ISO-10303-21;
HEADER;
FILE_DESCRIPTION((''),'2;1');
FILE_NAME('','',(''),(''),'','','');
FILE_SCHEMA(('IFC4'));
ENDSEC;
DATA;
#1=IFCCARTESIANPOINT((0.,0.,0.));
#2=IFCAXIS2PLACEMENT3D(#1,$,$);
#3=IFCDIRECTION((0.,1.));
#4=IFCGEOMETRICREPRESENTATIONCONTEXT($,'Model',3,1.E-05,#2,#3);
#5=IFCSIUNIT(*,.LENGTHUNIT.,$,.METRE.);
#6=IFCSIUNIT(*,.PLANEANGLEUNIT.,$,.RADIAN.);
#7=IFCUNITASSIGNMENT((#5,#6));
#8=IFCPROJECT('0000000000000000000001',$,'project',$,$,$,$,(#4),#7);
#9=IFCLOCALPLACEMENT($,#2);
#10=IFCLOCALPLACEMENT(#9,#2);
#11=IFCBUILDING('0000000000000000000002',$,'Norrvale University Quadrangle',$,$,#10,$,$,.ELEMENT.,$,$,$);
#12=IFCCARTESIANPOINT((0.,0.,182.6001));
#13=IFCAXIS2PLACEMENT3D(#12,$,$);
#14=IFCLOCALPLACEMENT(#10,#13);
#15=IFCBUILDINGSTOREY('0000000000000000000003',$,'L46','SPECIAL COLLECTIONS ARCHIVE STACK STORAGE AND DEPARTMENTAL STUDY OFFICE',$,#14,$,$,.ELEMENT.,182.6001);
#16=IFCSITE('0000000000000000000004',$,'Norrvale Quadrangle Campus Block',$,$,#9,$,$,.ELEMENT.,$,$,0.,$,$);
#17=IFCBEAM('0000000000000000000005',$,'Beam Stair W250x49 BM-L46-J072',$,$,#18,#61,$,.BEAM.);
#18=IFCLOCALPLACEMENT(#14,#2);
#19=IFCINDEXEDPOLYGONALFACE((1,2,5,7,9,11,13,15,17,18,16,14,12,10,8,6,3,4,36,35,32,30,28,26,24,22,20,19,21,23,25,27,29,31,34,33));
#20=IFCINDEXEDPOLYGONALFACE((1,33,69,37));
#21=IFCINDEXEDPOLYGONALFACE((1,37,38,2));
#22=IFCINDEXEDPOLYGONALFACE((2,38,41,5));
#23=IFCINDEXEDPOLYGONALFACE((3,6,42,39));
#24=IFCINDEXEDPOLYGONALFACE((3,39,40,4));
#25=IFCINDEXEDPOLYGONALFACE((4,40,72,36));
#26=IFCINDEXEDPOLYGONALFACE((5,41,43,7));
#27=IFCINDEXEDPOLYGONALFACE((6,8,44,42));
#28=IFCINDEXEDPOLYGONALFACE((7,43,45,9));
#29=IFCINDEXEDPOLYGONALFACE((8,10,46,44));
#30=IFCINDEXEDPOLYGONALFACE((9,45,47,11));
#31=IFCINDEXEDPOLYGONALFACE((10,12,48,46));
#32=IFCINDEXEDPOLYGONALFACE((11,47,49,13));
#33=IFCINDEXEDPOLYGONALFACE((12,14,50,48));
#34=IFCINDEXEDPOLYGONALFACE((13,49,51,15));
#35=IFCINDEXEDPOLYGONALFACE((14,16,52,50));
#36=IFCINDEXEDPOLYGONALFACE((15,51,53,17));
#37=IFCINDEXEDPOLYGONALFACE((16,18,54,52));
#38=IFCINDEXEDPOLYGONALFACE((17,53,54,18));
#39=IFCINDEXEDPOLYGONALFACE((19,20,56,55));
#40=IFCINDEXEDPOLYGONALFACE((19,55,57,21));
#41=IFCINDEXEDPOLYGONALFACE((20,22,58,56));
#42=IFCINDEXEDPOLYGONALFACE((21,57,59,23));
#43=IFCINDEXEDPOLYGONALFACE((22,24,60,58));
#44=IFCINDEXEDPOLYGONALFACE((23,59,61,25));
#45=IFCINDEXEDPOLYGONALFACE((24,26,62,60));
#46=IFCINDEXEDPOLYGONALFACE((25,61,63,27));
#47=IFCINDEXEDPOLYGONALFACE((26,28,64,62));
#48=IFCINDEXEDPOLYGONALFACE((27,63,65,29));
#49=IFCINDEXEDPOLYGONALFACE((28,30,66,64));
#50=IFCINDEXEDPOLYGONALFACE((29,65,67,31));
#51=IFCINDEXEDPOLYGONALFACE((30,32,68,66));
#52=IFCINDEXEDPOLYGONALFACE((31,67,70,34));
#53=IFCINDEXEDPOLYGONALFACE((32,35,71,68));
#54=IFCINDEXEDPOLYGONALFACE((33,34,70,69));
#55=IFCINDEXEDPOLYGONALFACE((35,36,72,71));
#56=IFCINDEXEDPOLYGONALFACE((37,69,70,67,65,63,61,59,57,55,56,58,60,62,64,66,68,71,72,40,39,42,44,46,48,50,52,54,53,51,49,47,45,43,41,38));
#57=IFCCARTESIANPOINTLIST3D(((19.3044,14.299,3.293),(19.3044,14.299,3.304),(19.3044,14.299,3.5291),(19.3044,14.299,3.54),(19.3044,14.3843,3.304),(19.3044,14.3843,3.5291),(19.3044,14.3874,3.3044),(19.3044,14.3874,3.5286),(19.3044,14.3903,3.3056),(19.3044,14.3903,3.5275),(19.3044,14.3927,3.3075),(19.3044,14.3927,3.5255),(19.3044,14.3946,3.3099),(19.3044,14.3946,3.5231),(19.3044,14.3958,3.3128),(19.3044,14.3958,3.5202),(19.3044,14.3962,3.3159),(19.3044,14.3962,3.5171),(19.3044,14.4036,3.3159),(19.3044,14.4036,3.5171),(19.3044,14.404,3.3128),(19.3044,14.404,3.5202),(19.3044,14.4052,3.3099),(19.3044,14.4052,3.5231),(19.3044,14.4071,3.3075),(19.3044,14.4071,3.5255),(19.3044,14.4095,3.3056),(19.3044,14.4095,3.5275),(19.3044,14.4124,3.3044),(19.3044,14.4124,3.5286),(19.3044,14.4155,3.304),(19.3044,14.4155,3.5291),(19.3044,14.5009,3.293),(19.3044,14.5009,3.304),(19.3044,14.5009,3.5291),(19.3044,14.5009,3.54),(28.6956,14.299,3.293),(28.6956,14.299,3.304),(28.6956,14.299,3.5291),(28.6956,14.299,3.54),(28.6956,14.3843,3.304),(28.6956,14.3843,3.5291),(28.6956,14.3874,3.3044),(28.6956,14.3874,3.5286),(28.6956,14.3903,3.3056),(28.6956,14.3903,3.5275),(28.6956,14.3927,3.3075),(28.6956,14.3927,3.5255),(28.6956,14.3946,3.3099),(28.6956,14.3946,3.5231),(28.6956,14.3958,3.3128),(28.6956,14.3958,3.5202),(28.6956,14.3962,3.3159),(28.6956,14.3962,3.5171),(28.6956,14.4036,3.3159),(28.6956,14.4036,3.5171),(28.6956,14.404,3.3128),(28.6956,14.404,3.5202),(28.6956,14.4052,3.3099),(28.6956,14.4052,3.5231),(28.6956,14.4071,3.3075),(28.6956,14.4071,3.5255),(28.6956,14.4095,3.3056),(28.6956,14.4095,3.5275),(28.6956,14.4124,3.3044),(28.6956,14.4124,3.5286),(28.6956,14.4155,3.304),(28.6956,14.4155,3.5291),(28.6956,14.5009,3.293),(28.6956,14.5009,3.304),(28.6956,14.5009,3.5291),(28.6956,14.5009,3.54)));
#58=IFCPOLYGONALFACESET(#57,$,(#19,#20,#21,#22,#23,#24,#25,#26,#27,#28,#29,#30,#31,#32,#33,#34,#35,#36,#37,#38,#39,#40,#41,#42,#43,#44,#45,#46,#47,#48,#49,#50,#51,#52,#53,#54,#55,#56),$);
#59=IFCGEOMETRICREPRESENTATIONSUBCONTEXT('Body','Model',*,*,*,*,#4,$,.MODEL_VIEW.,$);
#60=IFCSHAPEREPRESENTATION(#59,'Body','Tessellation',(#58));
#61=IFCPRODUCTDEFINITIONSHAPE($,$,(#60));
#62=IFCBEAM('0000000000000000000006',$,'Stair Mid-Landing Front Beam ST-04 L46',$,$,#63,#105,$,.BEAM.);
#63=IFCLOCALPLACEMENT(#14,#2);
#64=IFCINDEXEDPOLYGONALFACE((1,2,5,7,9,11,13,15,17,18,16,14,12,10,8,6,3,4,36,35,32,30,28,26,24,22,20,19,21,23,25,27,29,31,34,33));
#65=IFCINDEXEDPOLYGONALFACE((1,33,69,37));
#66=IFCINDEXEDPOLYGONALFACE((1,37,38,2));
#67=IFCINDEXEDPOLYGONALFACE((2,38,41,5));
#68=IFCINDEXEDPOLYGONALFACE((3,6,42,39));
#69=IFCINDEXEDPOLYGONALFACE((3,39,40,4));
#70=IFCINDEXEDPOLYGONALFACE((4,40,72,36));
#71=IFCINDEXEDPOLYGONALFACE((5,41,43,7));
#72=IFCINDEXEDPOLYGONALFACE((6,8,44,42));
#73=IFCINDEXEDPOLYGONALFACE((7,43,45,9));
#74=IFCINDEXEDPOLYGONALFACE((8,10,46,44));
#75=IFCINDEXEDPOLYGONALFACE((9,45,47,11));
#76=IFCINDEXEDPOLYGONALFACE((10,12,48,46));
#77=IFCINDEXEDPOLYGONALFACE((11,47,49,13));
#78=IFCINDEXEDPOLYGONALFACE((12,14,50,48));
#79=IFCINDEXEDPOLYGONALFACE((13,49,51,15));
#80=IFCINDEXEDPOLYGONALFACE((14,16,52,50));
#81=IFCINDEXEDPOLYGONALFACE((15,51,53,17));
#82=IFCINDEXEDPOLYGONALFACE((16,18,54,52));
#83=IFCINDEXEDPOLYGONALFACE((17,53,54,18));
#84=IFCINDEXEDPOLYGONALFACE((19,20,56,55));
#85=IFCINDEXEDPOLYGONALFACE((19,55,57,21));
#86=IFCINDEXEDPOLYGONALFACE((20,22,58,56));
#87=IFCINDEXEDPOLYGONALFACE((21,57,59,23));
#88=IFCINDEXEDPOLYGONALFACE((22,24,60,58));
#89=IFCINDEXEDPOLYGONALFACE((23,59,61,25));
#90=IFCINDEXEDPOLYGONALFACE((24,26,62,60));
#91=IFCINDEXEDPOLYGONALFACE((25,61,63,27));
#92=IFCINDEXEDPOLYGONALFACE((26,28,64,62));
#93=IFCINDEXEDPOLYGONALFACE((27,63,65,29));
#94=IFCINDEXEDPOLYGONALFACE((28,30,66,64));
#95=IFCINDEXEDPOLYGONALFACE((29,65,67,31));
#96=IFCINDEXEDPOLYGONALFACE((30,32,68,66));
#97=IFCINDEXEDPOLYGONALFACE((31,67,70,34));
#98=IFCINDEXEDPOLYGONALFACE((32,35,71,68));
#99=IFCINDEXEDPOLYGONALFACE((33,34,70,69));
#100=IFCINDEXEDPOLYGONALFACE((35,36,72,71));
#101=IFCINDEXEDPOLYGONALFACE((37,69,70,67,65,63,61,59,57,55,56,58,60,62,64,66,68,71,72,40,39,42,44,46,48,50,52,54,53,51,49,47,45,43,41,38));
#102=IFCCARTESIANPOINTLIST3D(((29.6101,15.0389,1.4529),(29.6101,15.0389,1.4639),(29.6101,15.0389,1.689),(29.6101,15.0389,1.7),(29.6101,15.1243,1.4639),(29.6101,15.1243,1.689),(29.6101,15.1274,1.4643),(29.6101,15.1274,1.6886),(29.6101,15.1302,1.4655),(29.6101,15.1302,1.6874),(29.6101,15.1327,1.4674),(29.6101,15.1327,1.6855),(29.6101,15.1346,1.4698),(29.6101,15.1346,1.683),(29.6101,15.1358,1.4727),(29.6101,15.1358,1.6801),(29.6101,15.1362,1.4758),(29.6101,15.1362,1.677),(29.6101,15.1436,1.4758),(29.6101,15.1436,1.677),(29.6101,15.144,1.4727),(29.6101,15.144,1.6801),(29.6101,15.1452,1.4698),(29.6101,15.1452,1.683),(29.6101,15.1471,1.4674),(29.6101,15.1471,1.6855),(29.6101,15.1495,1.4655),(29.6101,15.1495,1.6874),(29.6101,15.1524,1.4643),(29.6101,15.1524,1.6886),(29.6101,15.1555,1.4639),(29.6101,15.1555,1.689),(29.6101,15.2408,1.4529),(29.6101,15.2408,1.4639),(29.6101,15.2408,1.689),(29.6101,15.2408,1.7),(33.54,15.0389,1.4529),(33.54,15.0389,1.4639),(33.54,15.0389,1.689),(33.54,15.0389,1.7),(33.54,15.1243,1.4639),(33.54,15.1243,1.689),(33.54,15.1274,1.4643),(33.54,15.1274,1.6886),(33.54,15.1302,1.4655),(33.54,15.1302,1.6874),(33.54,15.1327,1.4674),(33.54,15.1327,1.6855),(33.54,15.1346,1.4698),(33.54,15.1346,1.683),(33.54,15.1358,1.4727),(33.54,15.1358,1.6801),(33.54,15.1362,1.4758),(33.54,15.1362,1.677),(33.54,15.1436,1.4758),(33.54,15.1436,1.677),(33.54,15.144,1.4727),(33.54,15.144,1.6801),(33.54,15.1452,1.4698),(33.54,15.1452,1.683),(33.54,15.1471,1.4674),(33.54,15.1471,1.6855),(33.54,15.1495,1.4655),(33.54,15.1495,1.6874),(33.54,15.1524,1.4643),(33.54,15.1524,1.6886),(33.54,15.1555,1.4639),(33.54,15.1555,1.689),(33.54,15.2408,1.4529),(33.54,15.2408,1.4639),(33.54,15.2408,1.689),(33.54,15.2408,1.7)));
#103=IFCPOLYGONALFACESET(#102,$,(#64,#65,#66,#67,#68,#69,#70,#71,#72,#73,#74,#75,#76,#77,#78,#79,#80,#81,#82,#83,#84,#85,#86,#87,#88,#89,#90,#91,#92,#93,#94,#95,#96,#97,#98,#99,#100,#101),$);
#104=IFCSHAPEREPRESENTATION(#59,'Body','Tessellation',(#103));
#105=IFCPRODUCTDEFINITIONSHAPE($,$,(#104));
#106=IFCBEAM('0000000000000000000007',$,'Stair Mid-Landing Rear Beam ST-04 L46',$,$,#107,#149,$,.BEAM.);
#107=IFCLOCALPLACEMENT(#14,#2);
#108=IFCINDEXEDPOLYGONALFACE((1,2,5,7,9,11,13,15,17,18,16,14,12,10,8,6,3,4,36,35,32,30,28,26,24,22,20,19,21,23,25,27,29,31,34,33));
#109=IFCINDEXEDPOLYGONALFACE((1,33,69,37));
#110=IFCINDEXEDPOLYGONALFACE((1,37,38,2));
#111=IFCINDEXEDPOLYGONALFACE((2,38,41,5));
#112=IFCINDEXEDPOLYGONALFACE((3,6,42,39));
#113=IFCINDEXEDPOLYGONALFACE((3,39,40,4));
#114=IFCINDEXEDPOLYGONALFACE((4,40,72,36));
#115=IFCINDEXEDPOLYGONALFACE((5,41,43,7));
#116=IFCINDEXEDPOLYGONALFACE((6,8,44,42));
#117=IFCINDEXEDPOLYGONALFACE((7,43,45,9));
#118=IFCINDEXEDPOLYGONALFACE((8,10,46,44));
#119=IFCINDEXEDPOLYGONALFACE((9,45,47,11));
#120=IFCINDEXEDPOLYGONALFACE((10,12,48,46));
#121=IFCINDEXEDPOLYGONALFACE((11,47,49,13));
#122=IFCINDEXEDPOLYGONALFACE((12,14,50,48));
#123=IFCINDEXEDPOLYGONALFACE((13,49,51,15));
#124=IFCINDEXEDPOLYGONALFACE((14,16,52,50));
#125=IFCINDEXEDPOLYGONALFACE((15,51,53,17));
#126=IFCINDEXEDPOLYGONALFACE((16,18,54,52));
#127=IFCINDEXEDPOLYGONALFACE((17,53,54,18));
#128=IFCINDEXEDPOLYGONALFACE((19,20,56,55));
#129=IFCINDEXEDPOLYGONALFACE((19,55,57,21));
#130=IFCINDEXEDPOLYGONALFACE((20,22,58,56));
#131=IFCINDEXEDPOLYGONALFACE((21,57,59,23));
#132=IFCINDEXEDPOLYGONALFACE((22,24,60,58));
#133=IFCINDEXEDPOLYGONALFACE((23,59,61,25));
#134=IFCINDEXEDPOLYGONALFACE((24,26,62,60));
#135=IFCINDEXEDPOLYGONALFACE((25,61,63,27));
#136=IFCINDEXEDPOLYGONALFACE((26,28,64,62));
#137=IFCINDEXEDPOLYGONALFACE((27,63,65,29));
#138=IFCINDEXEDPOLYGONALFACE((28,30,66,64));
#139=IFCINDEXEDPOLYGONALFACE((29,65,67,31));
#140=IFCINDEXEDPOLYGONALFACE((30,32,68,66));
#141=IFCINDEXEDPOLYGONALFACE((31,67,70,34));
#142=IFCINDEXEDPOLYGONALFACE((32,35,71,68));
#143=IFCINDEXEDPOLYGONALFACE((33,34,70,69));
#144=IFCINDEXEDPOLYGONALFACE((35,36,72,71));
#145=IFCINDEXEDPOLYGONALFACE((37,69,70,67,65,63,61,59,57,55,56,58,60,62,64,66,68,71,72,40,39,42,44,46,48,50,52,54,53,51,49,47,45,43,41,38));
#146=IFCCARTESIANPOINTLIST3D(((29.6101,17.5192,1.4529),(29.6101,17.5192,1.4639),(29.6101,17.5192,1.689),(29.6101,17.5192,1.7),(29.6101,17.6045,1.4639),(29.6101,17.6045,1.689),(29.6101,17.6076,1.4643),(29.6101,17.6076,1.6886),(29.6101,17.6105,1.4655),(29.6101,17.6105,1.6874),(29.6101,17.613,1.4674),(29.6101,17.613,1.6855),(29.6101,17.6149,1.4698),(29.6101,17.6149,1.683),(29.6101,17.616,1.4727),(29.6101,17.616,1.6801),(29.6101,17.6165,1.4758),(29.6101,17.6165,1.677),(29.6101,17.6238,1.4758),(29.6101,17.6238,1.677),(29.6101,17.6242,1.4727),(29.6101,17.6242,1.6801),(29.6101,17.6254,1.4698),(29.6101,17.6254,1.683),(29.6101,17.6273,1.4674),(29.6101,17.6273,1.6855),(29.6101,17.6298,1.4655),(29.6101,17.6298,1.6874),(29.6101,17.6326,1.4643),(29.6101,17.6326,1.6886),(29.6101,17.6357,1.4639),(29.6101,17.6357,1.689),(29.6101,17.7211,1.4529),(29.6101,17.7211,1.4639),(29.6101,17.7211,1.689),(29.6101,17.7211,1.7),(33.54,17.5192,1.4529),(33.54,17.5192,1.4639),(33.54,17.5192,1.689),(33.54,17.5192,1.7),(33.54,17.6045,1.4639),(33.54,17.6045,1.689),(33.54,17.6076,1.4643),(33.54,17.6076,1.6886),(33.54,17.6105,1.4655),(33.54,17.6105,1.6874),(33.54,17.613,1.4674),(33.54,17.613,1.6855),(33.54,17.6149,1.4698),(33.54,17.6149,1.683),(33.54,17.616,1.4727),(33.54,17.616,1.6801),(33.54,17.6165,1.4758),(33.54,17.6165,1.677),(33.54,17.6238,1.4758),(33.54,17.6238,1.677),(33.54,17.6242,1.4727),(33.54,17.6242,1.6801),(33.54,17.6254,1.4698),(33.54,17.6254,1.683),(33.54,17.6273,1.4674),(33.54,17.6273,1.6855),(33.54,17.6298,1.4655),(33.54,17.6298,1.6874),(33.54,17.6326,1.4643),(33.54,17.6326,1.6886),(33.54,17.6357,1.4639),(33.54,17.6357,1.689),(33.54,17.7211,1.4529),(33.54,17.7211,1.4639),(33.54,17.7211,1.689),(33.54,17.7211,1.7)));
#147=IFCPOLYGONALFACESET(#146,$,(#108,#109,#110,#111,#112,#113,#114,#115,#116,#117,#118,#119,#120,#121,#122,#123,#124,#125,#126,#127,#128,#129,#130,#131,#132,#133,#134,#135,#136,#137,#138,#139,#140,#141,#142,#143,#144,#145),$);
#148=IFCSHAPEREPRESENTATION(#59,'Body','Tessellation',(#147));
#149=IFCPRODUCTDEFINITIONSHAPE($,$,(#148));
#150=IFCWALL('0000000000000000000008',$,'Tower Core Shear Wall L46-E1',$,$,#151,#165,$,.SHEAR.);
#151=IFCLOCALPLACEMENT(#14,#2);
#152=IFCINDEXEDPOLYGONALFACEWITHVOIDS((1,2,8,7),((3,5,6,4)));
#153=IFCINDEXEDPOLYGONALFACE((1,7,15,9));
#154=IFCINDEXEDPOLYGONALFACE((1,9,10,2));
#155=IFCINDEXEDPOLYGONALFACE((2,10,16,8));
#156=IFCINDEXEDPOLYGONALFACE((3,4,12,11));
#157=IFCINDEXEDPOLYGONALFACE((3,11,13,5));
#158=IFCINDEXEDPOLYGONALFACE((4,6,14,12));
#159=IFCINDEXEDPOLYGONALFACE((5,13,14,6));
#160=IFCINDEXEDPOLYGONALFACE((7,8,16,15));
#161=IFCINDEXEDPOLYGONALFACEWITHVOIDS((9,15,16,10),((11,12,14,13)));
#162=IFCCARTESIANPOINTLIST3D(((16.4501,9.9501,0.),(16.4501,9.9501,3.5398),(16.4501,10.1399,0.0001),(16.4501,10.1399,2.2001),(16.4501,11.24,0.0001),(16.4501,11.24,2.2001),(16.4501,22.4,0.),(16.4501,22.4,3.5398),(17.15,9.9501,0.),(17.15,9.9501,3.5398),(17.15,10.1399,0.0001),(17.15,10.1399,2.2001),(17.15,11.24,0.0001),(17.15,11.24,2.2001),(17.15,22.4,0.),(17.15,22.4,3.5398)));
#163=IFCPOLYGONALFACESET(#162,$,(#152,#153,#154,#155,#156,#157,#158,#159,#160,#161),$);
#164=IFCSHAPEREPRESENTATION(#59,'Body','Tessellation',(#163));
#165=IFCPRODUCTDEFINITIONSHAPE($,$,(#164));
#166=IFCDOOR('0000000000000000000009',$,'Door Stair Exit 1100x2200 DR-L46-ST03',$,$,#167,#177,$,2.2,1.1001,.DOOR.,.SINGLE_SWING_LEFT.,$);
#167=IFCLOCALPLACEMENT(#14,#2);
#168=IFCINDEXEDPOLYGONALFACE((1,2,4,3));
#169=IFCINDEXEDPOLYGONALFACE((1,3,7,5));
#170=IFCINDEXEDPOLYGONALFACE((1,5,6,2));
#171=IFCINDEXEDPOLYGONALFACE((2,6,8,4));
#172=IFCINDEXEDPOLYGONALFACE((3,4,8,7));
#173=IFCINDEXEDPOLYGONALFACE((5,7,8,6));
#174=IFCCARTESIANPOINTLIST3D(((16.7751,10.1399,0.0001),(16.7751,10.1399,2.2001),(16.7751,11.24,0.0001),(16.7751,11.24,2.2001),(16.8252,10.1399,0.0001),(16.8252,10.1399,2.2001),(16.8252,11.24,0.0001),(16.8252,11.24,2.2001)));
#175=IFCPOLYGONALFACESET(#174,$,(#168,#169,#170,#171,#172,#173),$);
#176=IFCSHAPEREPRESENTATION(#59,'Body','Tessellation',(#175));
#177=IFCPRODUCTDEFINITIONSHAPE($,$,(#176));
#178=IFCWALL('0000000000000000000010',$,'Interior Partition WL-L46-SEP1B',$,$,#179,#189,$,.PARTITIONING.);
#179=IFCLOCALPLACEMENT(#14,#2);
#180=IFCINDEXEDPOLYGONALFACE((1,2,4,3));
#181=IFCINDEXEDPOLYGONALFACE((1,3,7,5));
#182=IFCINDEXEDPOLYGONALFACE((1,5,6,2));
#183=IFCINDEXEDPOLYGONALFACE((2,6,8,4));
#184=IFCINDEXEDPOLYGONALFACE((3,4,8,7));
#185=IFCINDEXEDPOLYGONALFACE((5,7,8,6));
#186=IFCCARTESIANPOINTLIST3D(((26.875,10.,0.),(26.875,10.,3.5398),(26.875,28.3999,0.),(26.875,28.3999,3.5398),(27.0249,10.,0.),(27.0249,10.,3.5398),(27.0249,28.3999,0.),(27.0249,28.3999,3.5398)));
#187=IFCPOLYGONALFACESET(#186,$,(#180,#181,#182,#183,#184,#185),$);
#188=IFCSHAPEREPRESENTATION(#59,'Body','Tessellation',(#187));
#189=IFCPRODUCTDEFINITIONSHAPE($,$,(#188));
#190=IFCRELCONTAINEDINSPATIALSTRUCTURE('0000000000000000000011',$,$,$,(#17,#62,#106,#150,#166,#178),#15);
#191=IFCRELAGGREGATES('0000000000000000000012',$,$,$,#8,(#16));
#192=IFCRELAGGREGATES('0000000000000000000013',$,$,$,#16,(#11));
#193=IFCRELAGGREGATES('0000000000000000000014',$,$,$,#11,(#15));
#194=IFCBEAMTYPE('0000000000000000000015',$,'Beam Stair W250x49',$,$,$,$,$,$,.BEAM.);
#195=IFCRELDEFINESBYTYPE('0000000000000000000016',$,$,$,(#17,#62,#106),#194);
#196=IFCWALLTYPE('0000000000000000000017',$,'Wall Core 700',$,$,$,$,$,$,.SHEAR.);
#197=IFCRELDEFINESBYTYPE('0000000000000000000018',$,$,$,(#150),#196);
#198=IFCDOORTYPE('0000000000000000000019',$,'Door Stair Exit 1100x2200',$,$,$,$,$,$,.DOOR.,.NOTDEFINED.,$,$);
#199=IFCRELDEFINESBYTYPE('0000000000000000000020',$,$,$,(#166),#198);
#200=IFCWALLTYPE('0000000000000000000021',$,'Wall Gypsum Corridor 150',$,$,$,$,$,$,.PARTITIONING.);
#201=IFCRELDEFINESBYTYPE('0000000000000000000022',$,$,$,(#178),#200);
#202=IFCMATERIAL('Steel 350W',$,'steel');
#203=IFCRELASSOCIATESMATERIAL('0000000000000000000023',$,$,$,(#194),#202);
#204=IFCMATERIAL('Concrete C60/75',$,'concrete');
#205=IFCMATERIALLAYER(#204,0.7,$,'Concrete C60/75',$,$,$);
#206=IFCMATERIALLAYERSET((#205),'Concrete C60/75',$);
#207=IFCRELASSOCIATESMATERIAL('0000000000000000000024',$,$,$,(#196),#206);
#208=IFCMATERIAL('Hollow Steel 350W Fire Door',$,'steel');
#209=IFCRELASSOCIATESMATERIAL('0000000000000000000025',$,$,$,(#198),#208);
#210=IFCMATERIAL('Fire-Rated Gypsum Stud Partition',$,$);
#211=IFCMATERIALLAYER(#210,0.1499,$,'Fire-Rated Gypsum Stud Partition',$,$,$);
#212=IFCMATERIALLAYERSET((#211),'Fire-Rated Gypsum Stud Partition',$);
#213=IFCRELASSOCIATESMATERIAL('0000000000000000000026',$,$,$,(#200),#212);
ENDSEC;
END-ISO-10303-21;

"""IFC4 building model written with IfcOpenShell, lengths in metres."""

from ifc_helpers import new_model, si_unit, direction, frame, frame_2d, origin, origin_2d, place, context, subcontext, project, spatial, rectangle, i_section, extrude, material, layer, layer_set, material_profile, profile_set, type_object, element, fill, save


model = new_model("IFC4")

# Units and contexts
model_context = context("Model", 3, precision=1e-05, world=origin(), true_north=direction((0.0, 1.0)))
body_context = subcontext(model_context, "Body", "Model", "MODEL_VIEW")
ifc_project = project(units=[si_unit("LENGTHUNIT", "METRE"), si_unit("PLANEANGLEUNIT", "RADIAN")], contexts=[model_context])

# Site, building, storey
site_placement = place(None, origin())
site = spatial("IfcSite", under=ifc_project, at=site_placement, Name="Norrvale Quadrangle Campus Block", CompositionType="ELEMENT", RefElevation=0.0)
building_placement = place(site_placement, origin())
building = spatial("IfcBuilding", under=site, at=building_placement, Name="Norrvale University Quadrangle", CompositionType="ELEMENT")
storey_placement = place(building_placement, frame((0.0, 0.0, 182.6001)))
storey = spatial("IfcBuildingStorey", under=building, at=storey_placement, Name="L46", Description="SPECIAL COLLECTIONS ARCHIVE STACK STORAGE AND DEPARTMENTAL STUDY OFFICE", CompositionType="ELEMENT", Elevation=182.6001)

# Shared definitions
ifc_material_1 = material(Name="Concrete C60/75", Category="concrete")

# Beams
ifc_material_2 = material(Name="Steel 350W", Category="steel")
ifc_material_profile_1 = material_profile(ifc_material_2, i_section(OverallWidth=0.2019, OverallDepth=0.2471, WebThickness=0.0073, FlangeThickness=0.011, FilletRadius=0.012, at=origin_2d()), Name="Steel 350W")
ifc_profile_set_1 = profile_set([ifc_material_profile_1], Name="Steel 350W")
beam_type_1 = type_object("IfcBeamType", Name="Beam Stair W250x49", PredefinedType="BEAM", material=ifc_profile_set_1)
beam_1_placement = place(storey_placement, frame((19.3044, 14.3999, 3.4165), z_axis=(1.0, 0.0, 0.0), x_axis=(0.0, 1.0, 0.0)))
element("IfcBeam", 1, at=beam_1_placement, inside=storey, type_object=beam_type_1, Name="Beam Stair W250x49 BM-L46-J072", PredefinedType="BEAM", context=body_context, shape_type="SweptSolid", body=[
    extrude(i_section(OverallWidth=0.2019, OverallDepth=0.2471, WebThickness=0.0073, FlangeThickness=0.011, FilletRadius=0.012, at=origin_2d()), origin(), (0.0, 0.0, 1.0), 9.3911),
])
for number, where, z_axis, x_axis, name in (
    (2, (29.6101, 15.1399, 1.5764), (1.0, 0.0, 0.0), (0.0, 1.0, 0.0), "Stair Mid-Landing Front Beam ST-04 L46"),
    (3, (29.6101, 17.6201, 1.5764), (1.0, 0.0, 0.0), (0.0, 1.0, 0.0), "Stair Mid-Landing Rear Beam ST-04 L46"),
):
    element("IfcBeam", number, at=place(storey_placement, frame(where, z_axis=z_axis, x_axis=x_axis)), inside=storey, type_object=beam_type_1, Name=name, PredefinedType="BEAM", context=body_context, shape_type="SweptSolid", body=[
        extrude(i_section(OverallWidth=0.2019, OverallDepth=0.2471, WebThickness=0.0073, FlangeThickness=0.011, FilletRadius=0.012, at=origin_2d()), origin(), (0.0, 0.0, 1.0), 3.9299),
    ])

# Wall, opening, door
ifc_layer_1 = layer(ifc_material_1, 0.7, Name="Concrete C60/75")
ifc_layer_set_1 = layer_set([ifc_layer_1], Name="Concrete C60/75")
wall_type_1 = type_object("IfcWallType", Name="Wall Core 700", PredefinedType="SHEAR", material=ifc_layer_set_1)
wall_1_placement = place(storey_placement, frame((16.8, 9.95, 0.0), z_axis=(0.0, 0.0, 1.0), x_axis=(0.0, 1.0, 0.0)))
wall_1 = element("IfcWall", 4, at=wall_1_placement, inside=storey, type_object=wall_type_1, Name="Tower Core Shear Wall L46-E1", PredefinedType="SHEAR", context=body_context, shape_type="SweptSolid", body=[
    extrude(rectangle(XDim=12.45, YDim=0.7, at=frame_2d((6.2251, 0.0))), origin(), (0.0, 0.0, 1.0), 3.5398),
])
opening_1_placement = place(wall_1_placement, frame((0.1899, 0.0, 0.0)))
opening_1 = element("IfcOpeningElement", 5, at=opening_1_placement, cuts=wall_1, PredefinedType="OPENING", context=body_context, shape_type="SweptSolid", body=[
    extrude(rectangle(XDim=1.1001, YDim=2.2, at=frame_2d((0.55, 1.1001))), frame((0.0, 0.3621, 0.0), z_axis=(0.0, -1.0, 0.0), x_axis=(1.0, 0.0, 0.0)), (0.0, 0.0, 1.0), 0.7239),
])
ifc_material_3 = material(Name="Hollow Steel 350W Fire Door", Category="steel")
door_type = type_object("IfcDoorType", Name="Door Stair Exit 1100x2200", OperationType="NOTDEFINED", PredefinedType="DOOR", material=ifc_material_3)
door_1_placement = place(opening_1_placement, origin())
door_1 = element("IfcDoor", 6, at=door_1_placement, inside=storey, type_object=door_type, Name="Door Stair Exit 1100x2200 DR-L46-ST03", OperationType="SINGLE_SWING_LEFT", OverallHeight=2.2, OverallWidth=1.1001, PredefinedType="DOOR", context=body_context, shape_type="SweptSolid", body=[
    extrude(rectangle(XDim=1.1001, YDim=2.2, at=frame_2d((0.55, 1.1001))), frame((0.0, 0.0249, 0.0), z_axis=(0.0, -1.0, 0.0), x_axis=(1.0, 0.0, 0.0)), (0.0, 0.0, 1.0), 0.05),
])
fill(opening_1, door_1)

# Wall
ifc_material_4 = material(Name="Fire-Rated Gypsum Stud Partition")
ifc_layer_2 = layer(ifc_material_4, 0.1499, Name="Fire-Rated Gypsum Stud Partition")
ifc_layer_set_2 = layer_set([ifc_layer_2], Name="Fire-Rated Gypsum Stud Partition")
wall_type_2 = type_object("IfcWallType", Name="Wall Gypsum Corridor 150", PredefinedType="PARTITIONING", material=ifc_layer_set_2)
wall_2_placement = place(storey_placement, frame((26.95, 10.0, 0.0), z_axis=(0.0, 0.0, 1.0), x_axis=(0.0, 1.0, 0.0)))
element("IfcWall", 7, at=wall_2_placement, inside=storey, type_object=wall_type_2, Name="Interior Partition WL-L46-SEP1B", PredefinedType="PARTITIONING", context=body_context, shape_type="SweptSolid", body=[
    extrude(rectangle(XDim=18.3999, YDim=0.1499, at=frame_2d((9.2, 0.0))), origin(), (0.0, 0.0, 1.0), 3.5398),
])

save(model, "model.ifc")
